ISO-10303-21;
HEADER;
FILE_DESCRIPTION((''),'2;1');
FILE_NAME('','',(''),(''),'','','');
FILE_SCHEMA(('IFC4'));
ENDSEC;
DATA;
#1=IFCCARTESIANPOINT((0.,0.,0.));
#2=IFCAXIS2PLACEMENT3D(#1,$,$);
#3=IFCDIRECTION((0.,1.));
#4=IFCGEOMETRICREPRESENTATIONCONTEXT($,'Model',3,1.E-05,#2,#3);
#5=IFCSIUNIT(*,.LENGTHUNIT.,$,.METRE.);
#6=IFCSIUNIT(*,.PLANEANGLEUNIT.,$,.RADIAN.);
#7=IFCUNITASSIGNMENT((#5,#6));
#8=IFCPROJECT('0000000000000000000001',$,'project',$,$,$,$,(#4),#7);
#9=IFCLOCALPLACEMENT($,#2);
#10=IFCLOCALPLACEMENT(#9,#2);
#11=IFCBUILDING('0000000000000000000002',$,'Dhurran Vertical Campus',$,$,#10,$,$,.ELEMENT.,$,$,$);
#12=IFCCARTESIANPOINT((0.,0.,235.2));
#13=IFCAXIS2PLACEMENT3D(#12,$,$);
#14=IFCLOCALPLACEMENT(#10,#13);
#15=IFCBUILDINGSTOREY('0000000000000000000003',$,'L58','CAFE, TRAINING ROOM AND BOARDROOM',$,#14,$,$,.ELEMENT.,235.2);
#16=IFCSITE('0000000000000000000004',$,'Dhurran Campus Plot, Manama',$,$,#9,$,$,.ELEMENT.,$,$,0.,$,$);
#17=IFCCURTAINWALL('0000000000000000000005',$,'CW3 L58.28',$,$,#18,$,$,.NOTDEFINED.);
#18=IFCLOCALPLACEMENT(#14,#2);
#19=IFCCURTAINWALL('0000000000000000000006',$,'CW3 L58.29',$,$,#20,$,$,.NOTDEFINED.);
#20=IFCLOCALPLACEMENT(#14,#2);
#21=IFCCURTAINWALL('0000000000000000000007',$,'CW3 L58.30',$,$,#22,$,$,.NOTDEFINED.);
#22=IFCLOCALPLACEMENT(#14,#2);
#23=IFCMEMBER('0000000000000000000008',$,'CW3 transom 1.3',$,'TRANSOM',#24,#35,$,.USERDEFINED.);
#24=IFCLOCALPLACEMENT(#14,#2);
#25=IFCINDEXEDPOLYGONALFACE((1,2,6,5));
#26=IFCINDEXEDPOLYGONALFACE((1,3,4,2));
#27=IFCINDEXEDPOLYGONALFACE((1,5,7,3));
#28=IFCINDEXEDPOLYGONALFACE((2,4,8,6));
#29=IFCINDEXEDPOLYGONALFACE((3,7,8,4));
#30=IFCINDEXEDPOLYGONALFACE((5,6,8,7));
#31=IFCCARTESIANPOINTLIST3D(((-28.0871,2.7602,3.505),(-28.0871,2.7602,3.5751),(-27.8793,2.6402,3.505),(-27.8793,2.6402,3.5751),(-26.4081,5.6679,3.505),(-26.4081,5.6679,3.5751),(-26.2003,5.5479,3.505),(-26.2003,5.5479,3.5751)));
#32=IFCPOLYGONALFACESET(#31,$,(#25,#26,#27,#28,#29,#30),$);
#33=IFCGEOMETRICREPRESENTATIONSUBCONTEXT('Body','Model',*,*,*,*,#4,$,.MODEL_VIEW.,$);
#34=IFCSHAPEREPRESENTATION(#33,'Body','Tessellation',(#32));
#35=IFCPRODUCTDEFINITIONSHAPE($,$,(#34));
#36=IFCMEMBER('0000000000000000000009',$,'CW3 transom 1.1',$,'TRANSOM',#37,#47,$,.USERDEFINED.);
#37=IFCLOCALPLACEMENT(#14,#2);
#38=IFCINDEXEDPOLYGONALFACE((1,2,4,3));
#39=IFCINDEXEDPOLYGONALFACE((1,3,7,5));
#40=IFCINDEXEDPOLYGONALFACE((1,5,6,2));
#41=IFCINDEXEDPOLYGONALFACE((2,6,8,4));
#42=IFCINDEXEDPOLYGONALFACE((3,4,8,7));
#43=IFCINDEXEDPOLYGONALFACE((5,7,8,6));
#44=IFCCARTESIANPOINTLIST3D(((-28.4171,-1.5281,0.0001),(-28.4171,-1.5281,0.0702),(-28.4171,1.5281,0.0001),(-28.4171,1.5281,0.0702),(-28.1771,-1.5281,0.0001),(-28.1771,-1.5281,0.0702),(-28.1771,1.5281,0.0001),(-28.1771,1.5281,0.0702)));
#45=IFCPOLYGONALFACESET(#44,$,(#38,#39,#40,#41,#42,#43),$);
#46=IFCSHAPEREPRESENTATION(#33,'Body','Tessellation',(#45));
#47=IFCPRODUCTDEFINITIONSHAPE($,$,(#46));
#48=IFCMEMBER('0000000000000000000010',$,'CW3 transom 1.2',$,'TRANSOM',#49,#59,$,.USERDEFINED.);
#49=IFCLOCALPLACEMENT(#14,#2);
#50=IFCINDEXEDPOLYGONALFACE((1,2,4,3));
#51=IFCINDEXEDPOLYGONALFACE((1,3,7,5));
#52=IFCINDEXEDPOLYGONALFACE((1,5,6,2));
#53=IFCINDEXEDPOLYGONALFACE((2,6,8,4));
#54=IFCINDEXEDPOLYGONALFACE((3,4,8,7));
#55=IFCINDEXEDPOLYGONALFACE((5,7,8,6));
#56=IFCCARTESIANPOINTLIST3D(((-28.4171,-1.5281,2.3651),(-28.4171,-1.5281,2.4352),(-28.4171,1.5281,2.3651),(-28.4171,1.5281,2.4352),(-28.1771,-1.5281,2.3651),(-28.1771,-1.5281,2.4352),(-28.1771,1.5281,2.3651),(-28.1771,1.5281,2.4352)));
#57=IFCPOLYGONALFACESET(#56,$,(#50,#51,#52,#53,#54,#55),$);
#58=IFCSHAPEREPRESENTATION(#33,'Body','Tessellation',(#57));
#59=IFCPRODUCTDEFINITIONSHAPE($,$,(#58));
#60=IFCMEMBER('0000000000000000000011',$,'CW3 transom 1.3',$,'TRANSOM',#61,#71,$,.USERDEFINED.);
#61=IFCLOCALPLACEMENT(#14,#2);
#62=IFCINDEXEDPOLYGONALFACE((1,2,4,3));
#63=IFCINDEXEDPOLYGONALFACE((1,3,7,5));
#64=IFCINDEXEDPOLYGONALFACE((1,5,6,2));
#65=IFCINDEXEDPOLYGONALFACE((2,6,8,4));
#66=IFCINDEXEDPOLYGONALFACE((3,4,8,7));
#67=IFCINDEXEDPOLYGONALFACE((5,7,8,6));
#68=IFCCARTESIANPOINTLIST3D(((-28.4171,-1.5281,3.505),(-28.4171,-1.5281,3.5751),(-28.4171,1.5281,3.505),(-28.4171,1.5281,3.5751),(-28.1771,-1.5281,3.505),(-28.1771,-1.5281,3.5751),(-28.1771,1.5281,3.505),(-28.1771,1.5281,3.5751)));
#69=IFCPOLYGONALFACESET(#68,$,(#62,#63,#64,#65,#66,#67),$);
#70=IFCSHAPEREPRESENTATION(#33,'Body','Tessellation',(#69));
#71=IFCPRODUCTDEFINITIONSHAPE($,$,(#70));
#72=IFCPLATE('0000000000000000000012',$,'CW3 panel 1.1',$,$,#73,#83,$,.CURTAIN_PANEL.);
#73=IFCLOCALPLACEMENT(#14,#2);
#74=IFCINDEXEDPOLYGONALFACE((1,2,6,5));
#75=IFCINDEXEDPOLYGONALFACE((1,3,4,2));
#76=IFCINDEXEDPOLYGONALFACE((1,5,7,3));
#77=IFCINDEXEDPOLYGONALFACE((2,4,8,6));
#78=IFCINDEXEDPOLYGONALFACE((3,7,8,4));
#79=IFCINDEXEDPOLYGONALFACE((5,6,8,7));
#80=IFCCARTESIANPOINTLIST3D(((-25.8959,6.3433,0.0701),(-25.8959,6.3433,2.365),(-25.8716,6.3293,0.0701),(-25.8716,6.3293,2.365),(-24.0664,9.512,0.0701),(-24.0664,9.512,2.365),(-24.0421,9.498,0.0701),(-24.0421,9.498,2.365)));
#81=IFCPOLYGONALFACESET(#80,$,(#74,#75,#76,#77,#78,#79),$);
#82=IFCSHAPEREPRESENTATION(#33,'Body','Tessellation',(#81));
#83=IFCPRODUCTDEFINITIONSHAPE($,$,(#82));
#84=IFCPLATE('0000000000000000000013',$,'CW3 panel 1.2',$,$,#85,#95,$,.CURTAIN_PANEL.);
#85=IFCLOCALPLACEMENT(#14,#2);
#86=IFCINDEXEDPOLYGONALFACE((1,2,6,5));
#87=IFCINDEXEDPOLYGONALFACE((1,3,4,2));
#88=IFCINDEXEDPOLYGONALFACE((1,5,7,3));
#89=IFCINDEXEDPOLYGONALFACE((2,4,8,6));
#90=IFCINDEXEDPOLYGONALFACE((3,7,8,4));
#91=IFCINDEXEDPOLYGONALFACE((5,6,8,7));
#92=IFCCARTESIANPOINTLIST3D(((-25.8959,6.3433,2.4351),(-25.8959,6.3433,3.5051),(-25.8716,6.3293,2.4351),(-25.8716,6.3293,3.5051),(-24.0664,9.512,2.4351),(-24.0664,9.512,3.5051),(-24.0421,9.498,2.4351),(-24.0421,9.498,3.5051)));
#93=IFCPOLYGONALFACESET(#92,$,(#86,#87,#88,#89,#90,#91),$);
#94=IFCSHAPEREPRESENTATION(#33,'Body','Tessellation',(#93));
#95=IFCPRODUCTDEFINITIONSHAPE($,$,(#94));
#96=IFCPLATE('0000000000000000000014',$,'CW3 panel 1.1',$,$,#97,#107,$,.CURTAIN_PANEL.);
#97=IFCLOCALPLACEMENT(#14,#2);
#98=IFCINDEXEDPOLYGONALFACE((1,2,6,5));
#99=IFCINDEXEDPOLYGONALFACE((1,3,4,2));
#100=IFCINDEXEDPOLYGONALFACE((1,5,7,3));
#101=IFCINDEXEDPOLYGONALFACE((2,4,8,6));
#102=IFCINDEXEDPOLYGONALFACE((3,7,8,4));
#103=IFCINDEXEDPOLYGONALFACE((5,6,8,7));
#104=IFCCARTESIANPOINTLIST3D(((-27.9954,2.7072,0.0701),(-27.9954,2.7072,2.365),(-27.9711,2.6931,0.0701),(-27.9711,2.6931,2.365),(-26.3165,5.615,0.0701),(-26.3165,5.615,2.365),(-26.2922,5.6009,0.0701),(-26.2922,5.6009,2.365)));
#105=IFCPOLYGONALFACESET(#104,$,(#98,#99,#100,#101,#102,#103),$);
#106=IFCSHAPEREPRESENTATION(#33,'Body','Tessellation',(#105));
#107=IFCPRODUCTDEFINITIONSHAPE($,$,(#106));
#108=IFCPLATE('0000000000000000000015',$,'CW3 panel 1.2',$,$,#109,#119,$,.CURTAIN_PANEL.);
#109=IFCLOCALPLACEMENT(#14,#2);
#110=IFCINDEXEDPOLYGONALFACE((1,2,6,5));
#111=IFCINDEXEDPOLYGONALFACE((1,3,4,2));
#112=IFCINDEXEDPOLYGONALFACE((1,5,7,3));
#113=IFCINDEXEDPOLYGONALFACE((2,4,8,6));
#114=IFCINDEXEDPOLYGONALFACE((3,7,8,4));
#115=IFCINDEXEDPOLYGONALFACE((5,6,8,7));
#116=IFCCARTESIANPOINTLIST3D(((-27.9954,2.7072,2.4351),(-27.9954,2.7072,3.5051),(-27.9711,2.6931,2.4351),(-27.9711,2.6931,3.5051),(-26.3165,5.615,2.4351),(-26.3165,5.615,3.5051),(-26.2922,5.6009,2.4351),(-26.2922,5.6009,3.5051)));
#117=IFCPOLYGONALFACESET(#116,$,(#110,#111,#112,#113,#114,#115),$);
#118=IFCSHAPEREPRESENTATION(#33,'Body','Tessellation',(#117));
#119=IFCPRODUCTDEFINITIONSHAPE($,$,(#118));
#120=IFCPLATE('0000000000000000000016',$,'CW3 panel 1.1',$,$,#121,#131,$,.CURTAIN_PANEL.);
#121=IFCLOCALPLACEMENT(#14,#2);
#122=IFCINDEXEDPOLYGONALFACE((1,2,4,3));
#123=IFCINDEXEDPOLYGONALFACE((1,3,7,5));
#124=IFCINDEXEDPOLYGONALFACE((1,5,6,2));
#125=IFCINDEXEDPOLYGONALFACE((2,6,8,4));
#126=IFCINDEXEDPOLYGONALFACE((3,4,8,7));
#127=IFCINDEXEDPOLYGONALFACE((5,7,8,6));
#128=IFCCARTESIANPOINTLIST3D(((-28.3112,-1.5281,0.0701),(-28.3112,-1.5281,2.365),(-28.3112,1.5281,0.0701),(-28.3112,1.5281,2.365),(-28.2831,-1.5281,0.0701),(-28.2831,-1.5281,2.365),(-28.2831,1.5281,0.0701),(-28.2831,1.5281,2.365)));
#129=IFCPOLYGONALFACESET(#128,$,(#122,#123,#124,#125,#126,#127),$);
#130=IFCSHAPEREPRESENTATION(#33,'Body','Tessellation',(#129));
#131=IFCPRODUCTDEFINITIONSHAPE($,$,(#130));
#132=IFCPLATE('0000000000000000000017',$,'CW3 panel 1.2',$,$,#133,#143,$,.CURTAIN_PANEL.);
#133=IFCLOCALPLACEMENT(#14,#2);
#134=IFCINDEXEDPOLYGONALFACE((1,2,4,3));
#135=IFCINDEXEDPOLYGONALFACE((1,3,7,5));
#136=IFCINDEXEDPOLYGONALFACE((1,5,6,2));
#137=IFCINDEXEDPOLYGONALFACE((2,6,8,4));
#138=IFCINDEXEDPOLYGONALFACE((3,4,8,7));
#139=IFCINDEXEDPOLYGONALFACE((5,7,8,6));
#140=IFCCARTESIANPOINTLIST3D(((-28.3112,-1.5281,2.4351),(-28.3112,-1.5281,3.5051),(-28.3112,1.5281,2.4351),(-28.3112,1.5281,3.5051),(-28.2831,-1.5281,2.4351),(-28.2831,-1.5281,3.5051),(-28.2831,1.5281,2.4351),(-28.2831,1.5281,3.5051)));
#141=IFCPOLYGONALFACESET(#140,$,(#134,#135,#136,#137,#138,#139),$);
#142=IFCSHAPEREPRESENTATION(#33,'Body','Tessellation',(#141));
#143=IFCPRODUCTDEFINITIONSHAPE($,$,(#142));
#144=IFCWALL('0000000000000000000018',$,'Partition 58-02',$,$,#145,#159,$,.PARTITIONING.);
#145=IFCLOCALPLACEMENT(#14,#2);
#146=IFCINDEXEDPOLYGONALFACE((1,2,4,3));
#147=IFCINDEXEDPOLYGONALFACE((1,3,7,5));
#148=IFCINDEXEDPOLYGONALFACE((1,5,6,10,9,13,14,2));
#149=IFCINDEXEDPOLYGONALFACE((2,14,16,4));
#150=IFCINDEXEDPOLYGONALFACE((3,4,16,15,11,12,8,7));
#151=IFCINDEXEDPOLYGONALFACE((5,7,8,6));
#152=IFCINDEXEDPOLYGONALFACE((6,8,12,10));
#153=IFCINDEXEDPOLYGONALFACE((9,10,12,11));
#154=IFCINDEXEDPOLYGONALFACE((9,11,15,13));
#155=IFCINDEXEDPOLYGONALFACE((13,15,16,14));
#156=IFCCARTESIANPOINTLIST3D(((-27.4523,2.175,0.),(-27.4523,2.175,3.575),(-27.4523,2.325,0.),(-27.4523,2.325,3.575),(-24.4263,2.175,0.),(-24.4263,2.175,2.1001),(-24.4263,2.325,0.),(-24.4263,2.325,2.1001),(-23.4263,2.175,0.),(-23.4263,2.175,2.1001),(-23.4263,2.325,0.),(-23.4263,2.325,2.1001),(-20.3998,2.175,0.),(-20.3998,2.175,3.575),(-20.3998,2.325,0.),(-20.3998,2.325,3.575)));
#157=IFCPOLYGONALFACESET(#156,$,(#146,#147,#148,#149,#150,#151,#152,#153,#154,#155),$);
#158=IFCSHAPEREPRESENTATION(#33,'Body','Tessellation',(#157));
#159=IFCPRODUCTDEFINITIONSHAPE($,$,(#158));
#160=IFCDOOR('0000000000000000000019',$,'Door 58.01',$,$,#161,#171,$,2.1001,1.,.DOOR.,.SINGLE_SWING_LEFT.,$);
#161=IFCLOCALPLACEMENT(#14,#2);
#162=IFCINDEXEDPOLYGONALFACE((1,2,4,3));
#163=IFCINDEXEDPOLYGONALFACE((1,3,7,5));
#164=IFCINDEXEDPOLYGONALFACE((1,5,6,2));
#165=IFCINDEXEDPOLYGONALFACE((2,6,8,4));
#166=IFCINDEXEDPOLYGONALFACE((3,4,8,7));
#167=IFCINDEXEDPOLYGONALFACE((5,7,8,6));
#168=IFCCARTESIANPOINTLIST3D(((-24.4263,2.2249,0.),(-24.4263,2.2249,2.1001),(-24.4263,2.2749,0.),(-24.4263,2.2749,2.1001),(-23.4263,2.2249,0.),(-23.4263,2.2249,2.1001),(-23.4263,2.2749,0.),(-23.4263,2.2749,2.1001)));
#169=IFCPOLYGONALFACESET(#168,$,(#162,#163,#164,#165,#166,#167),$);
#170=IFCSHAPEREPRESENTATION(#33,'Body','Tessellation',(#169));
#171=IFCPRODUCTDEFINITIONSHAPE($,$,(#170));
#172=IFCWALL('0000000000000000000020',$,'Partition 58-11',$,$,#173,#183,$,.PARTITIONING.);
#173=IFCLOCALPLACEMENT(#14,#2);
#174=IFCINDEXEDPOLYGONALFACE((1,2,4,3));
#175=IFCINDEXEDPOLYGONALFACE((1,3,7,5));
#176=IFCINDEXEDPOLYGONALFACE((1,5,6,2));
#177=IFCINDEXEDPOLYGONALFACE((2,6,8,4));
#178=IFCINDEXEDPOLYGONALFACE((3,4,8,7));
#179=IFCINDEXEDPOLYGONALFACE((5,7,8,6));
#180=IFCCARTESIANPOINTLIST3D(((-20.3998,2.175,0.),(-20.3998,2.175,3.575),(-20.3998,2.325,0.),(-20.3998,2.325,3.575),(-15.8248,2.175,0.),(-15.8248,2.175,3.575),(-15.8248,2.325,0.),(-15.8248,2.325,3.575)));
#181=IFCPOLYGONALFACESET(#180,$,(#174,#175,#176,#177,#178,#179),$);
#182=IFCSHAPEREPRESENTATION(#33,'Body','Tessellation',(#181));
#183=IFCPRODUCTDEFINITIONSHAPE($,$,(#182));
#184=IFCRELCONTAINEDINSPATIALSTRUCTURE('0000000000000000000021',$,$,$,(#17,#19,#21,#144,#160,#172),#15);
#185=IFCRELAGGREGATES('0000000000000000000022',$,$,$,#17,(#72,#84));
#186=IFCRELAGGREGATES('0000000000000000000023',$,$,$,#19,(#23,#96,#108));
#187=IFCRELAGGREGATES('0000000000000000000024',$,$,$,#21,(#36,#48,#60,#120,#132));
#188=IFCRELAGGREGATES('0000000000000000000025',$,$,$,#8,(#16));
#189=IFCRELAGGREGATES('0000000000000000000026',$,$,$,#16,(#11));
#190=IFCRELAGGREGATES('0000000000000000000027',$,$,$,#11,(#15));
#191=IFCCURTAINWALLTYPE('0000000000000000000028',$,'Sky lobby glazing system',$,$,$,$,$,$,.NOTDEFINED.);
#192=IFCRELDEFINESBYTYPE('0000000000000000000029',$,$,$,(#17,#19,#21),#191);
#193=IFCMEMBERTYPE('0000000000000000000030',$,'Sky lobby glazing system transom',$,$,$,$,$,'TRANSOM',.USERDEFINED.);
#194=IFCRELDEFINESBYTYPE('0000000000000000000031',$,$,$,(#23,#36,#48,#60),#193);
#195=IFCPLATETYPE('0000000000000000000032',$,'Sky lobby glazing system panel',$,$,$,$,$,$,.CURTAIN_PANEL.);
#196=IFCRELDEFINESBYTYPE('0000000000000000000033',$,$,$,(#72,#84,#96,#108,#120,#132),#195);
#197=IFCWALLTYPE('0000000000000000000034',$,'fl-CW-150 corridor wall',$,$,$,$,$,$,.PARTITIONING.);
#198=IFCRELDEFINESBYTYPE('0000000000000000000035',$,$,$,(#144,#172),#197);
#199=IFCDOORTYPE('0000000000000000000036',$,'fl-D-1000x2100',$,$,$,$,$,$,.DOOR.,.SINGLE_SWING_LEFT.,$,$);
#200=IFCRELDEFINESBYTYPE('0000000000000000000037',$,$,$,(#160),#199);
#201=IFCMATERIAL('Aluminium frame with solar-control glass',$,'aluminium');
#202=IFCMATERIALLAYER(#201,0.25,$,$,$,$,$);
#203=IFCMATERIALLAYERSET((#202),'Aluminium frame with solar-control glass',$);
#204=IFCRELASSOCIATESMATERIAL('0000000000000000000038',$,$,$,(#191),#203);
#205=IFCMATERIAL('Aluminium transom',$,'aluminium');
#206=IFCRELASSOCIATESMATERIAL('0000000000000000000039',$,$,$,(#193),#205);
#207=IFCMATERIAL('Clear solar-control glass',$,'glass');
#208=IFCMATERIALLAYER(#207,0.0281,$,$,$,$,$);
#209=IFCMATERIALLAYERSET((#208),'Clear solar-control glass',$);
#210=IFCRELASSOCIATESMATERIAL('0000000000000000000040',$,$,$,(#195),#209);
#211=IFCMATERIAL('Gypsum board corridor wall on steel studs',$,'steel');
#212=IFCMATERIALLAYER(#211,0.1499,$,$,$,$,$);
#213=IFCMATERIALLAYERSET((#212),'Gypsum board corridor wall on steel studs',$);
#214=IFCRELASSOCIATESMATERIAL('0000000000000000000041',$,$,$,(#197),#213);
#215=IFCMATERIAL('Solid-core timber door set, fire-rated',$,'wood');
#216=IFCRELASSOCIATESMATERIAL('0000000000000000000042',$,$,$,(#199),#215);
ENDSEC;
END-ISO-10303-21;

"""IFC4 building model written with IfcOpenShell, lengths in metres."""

from ifc_helpers import new_model, si_unit, direction, frame, frame_2d, origin, origin_2d, place, context, subcontext, project, spatial, rectangle, extrude, material, layer, layer_set, material_profile, profile_set, type_object, element, fill, aggregate, save


model = new_model("IFC4")

# Units and contexts
model_context = context("Model", 3, precision=1e-05, world=origin(), true_north=direction((0.0, 1.0)))
body_context = subcontext(model_context, "Body", "Model", "MODEL_VIEW")
ifc_project = project(units=[si_unit("LENGTHUNIT", "METRE"), si_unit("PLANEANGLEUNIT", "RADIAN")], contexts=[model_context])

# Site, building, storey
site_placement = place(None, origin())
site = spatial("IfcSite", under=ifc_project, at=site_placement, Name="Dhurran Campus Plot, Manama", CompositionType="ELEMENT", RefElevation=0.0)
building_placement = place(site_placement, origin())
building = spatial("IfcBuilding", under=site, at=building_placement, Name="Dhurran Vertical Campus", CompositionType="ELEMENT")
storey_placement = place(building_placement, frame((0.0, 0.0, 235.2)))
storey = spatial("IfcBuildingStorey", under=building, at=storey_placement, Name="L58", Description="CAFE, TRAINING ROOM AND BOARDROOM", CompositionType="ELEMENT", Elevation=235.2)

# Curtain walls
ifc_material_1 = material(Name="Aluminium frame with solar-control glass", Category="aluminium")
ifc_layer_1 = layer(ifc_material_1, 0.25)
ifc_layer_set_1 = layer_set([ifc_layer_1], Name="Aluminium frame with solar-control glass")
curtain_wall_type = type_object("IfcCurtainWallType", Name="Sky lobby glazing system", PredefinedType="NOTDEFINED", material=ifc_layer_set_1)
curtain_wall_1_placement = place(storey_placement, origin())
curtain_wall_1 = element("IfcCurtainWall", 1, at=curtain_wall_1_placement, inside=storey, type_object=curtain_wall_type, Name="CW3 L58.28", PredefinedType="NOTDEFINED")
curtain_wall_2_placement = place(storey_placement, origin())
curtain_wall_2 = element("IfcCurtainWall", 2, at=curtain_wall_2_placement, inside=storey, type_object=curtain_wall_type, Name="CW3 L58.29", PredefinedType="NOTDEFINED")
curtain_wall_3_placement = place(storey_placement, origin())
curtain_wall_3 = element("IfcCurtainWall", 3, at=curtain_wall_3_placement, inside=storey, type_object=curtain_wall_type, Name="CW3 L58.30", PredefinedType="NOTDEFINED")

# Members
ifc_material_2 = material(Name="Aluminium transom", Category="aluminium")
ifc_material_profile_1 = material_profile(ifc_material_2, rectangle(XDim=0.24, YDim=0.0701, at=origin_2d()), Name="Sky lobby glazing system transom")
ifc_profile_set_1 = profile_set([ifc_material_profile_1], Name="Aluminium transom")
member_type_1 = type_object("IfcMemberType", Name="Sky lobby glazing system transom", ElementType="TRANSOM", PredefinedType="USERDEFINED", material=ifc_profile_set_1)
member_1_placement = place(storey_placement, frame((-26.3042, 5.6079, 3.54), z_axis=(-0.500041, -0.866002, 0.0), x_axis=(0.866002, -0.500041, 0.0)))
member_1 = element("IfcMember", 4, at=member_1_placement, type_object=member_type_1, Name="CW3 transom 1.3", ObjectType="TRANSOM", PredefinedType="USERDEFINED", context=body_context, shape_type="SweptSolid", body=[
    extrude(rectangle(XDim=0.24, YDim=0.0701, at=origin_2d()), origin(), (0.0, 0.0, 1.0), 3.3577),
])
member_2_placement = place(storey_placement, frame((-28.2971, 1.5281, 0.0352), z_axis=(0.0, -1.0, 0.0), x_axis=(1.0, 0.0, 0.0)))
member_2 = element("IfcMember", 5, at=member_2_placement, type_object=member_type_1, Name="CW3 transom 1.1", ObjectType="TRANSOM", PredefinedType="USERDEFINED", context=body_context, shape_type="SweptSolid", body=[
    extrude(rectangle(XDim=0.24, YDim=0.0701, at=origin_2d()), origin(), (0.0, 0.0, 1.0), 3.0562),
])
member_3_placement = place(storey_placement, frame((-28.2971, 1.5281, 2.4001), z_axis=(0.0, -1.0, 0.0), x_axis=(1.0, 0.0, 0.0)))
member_3 = element("IfcMember", 6, at=member_3_placement, type_object=member_type_1, Name="CW3 transom 1.2", ObjectType="TRANSOM", PredefinedType="USERDEFINED", context=body_context, shape_type="SweptSolid", body=[
    extrude(rectangle(XDim=0.24, YDim=0.0701, at=origin_2d()), origin(), (0.0, 0.0, 1.0), 3.0562),
])
member_4_placement = place(storey_placement, frame((-28.2971, 1.5281, 3.54), z_axis=(0.0, -1.0, 0.0), x_axis=(1.0, 0.0, 0.0)))
member_4 = element("IfcMember", 7, at=member_4_placement, type_object=member_type_1, Name="CW3 transom 1.3", ObjectType="TRANSOM", PredefinedType="USERDEFINED", context=body_context, shape_type="SweptSolid", body=[
    extrude(rectangle(XDim=0.24, YDim=0.0701, at=origin_2d()), origin(), (0.0, 0.0, 1.0), 3.0562),
])

# Plates
ifc_material_3 = material(Name="Clear solar-control glass", Category="glass")
ifc_layer_2 = layer(ifc_material_3, 0.0281)
ifc_layer_set_2 = layer_set([ifc_layer_2], Name="Clear solar-control glass")
plate_type = type_object("IfcPlateType", Name="Sky lobby glazing system panel", PredefinedType="CURTAIN_PANEL", material=ifc_layer_set_2)
plate_1_placement = place(storey_placement, frame((-24.969, 7.9207, 0.0701), z_axis=(0.0, 0.0, 1.0), x_axis=(-0.500003, -0.866023, 0.0)))
plate_1 = element("IfcPlate", 8, at=plate_1_placement, type_object=plate_type, Name="CW3 panel 1.1", PredefinedType="CURTAIN_PANEL", context=body_context, shape_type="SweptSolid", body=[
    extrude(rectangle(XDim=3.6589, YDim=0.0281, at=origin_2d()), origin(), (0.0, 0.0, 1.0), 2.2949),
])
plate_2_placement = place(storey_placement, frame((-24.969, 7.9207, 2.4351), z_axis=(0.0, 0.0, 1.0), x_axis=(-0.500003, -0.866023, 0.0)))
plate_2 = element("IfcPlate", 9, at=plate_2_placement, type_object=plate_type, Name="CW3 panel 1.2", PredefinedType="CURTAIN_PANEL", context=body_context, shape_type="SweptSolid", body=[
    extrude(rectangle(XDim=3.6589, YDim=0.0281, at=origin_2d()), origin(), (0.0, 0.0, 1.0), 1.0701),
])
aggregate(curtain_wall_1, [plate_1, plate_2])
plate_3_placement = place(storey_placement, frame((-27.1438, 4.1541, 0.0701), z_axis=(0.0, 0.0, 1.0), x_axis=(-0.500001, -0.866025, 0.0)))
plate_3 = element("IfcPlate", 10, at=plate_3_placement, type_object=plate_type, Name="CW3 panel 1.1", PredefinedType="CURTAIN_PANEL", context=body_context, shape_type="SweptSolid", body=[
    extrude(rectangle(XDim=3.3577, YDim=0.0281, at=origin_2d()), origin(), (0.0, 0.0, 1.0), 2.2949),
])
plate_4_placement = place(storey_placement, frame((-27.1438, 4.1541, 2.4351), z_axis=(0.0, 0.0, 1.0), x_axis=(-0.500001, -0.866025, 0.0)))
plate_4 = element("IfcPlate", 11, at=plate_4_placement, type_object=plate_type, Name="CW3 panel 1.2", PredefinedType="CURTAIN_PANEL", context=body_context, shape_type="SweptSolid", body=[
    extrude(rectangle(XDim=3.3577, YDim=0.0281, at=origin_2d()), origin(), (0.0, 0.0, 1.0), 1.0701),
])
aggregate(curtain_wall_2, [member_1, plate_3, plate_4])
plate_5_placement = place(storey_placement, frame((-28.2971, 0.0, 0.0701), z_axis=(0.0, 0.0, 1.0), x_axis=(0.0, -1.0, 0.0)))
plate_5 = element("IfcPlate", 12, at=plate_5_placement, type_object=plate_type, Name="CW3 panel 1.1", PredefinedType="CURTAIN_PANEL", context=body_context, shape_type="SweptSolid", body=[
    extrude(rectangle(XDim=3.0562, YDim=0.0281, at=origin_2d()), origin(), (0.0, 0.0, 1.0), 2.2949),
])
plate_6_placement = place(storey_placement, frame((-28.2971, 0.0, 2.4351), z_axis=(0.0, 0.0, 1.0), x_axis=(0.0, -1.0, 0.0)))
plate_6 = element("IfcPlate", 13, at=plate_6_placement, type_object=plate_type, Name="CW3 panel 1.2", PredefinedType="CURTAIN_PANEL", context=body_context, shape_type="SweptSolid", body=[
    extrude(rectangle(XDim=3.0562, YDim=0.0281, at=origin_2d()), origin(), (0.0, 0.0, 1.0), 1.0701),
])
aggregate(curtain_wall_3, [member_2, member_3, member_4, plate_5, plate_6])

# Wall, opening, door
ifc_material_4 = material(Name="Gypsum board corridor wall on steel studs", Category="steel")
ifc_layer_3 = layer(ifc_material_4, 0.1499)
ifc_layer_set_3 = layer_set([ifc_layer_3], Name="Gypsum board corridor wall on steel studs")
wall_type = type_object("IfcWallType", Name="fl-CW-150 corridor wall", PredefinedType="PARTITIONING", material=ifc_layer_set_3)
wall_1_placement = place(storey_placement, frame((-27.4524, 2.25, 0.0), z_axis=(0.0, 0.0, 1.0), x_axis=(1.0, 0.0, 0.0)))
wall_1 = element("IfcWall", 14, at=wall_1_placement, inside=storey, type_object=wall_type, Name="Partition 58-02", PredefinedType="PARTITIONING", context=body_context, shape_type="SweptSolid", body=[
    extrude(rectangle(XDim=7.0525, YDim=0.1499, at=frame_2d((3.5264, 0.0))), origin(), (0.0, 0.0, 1.0), 3.575),
])
opening_placement = place(wall_1_placement, frame((3.0261, 0.0, 0.0)))
opening = element("IfcOpeningElement", 15, at=opening_placement, cuts=wall_1, PredefinedType="OPENING", context=body_context, shape_type="SweptSolid", body=[
    extrude(rectangle(XDim=1.0, YDim=2.1001, at=frame_2d((0.5, 1.05))), frame((0.0, 0.085, 0.0), z_axis=(0.0, -1.0, 0.0), x_axis=(1.0, 0.0, 0.0)), (0.0, 0.0, 1.0), 0.1699),
])
ifc_material_5 = material(Name="Solid-core timber door set, fire-rated", Category="wood")
door_type = type_object("IfcDoorType", Name="fl-D-1000x2100", OperationType="SINGLE_SWING_LEFT", PredefinedType="DOOR", material=ifc_material_5)
door_placement = place(opening_placement, origin())
door = element("IfcDoor", 16, at=door_placement, inside=storey, type_object=door_type, Name="Door 58.01", OperationType="SINGLE_SWING_LEFT", OverallHeight=2.1001, OverallWidth=1.0, PredefinedType="DOOR", context=body_context, shape_type="SweptSolid", body=[
    extrude(rectangle(XDim=1.0, YDim=2.1001, at=frame_2d((0.5, 1.05))), frame((0.0, 0.0249, 0.0), z_axis=(0.0, -1.0, 0.0), x_axis=(1.0, 0.0, 0.0)), (0.0, 0.0, 1.0), 0.05),
])
fill(opening, door)

# Wall
wall_2_placement = place(storey_placement, frame((-20.3999, 2.25, 0.0), z_axis=(0.0, 0.0, 1.0), x_axis=(1.0, 0.0, 0.0)))
element("IfcWall", 17, at=wall_2_placement, inside=storey, type_object=wall_type, Name="Partition 58-11", PredefinedType="PARTITIONING", context=body_context, shape_type="SweptSolid", body=[
    extrude(rectangle(XDim=4.575, YDim=0.1499, at=frame_2d((2.2876, 0.0))), origin(), (0.0, 0.0, 1.0), 3.575),
])

save(model, "model.ifc")
